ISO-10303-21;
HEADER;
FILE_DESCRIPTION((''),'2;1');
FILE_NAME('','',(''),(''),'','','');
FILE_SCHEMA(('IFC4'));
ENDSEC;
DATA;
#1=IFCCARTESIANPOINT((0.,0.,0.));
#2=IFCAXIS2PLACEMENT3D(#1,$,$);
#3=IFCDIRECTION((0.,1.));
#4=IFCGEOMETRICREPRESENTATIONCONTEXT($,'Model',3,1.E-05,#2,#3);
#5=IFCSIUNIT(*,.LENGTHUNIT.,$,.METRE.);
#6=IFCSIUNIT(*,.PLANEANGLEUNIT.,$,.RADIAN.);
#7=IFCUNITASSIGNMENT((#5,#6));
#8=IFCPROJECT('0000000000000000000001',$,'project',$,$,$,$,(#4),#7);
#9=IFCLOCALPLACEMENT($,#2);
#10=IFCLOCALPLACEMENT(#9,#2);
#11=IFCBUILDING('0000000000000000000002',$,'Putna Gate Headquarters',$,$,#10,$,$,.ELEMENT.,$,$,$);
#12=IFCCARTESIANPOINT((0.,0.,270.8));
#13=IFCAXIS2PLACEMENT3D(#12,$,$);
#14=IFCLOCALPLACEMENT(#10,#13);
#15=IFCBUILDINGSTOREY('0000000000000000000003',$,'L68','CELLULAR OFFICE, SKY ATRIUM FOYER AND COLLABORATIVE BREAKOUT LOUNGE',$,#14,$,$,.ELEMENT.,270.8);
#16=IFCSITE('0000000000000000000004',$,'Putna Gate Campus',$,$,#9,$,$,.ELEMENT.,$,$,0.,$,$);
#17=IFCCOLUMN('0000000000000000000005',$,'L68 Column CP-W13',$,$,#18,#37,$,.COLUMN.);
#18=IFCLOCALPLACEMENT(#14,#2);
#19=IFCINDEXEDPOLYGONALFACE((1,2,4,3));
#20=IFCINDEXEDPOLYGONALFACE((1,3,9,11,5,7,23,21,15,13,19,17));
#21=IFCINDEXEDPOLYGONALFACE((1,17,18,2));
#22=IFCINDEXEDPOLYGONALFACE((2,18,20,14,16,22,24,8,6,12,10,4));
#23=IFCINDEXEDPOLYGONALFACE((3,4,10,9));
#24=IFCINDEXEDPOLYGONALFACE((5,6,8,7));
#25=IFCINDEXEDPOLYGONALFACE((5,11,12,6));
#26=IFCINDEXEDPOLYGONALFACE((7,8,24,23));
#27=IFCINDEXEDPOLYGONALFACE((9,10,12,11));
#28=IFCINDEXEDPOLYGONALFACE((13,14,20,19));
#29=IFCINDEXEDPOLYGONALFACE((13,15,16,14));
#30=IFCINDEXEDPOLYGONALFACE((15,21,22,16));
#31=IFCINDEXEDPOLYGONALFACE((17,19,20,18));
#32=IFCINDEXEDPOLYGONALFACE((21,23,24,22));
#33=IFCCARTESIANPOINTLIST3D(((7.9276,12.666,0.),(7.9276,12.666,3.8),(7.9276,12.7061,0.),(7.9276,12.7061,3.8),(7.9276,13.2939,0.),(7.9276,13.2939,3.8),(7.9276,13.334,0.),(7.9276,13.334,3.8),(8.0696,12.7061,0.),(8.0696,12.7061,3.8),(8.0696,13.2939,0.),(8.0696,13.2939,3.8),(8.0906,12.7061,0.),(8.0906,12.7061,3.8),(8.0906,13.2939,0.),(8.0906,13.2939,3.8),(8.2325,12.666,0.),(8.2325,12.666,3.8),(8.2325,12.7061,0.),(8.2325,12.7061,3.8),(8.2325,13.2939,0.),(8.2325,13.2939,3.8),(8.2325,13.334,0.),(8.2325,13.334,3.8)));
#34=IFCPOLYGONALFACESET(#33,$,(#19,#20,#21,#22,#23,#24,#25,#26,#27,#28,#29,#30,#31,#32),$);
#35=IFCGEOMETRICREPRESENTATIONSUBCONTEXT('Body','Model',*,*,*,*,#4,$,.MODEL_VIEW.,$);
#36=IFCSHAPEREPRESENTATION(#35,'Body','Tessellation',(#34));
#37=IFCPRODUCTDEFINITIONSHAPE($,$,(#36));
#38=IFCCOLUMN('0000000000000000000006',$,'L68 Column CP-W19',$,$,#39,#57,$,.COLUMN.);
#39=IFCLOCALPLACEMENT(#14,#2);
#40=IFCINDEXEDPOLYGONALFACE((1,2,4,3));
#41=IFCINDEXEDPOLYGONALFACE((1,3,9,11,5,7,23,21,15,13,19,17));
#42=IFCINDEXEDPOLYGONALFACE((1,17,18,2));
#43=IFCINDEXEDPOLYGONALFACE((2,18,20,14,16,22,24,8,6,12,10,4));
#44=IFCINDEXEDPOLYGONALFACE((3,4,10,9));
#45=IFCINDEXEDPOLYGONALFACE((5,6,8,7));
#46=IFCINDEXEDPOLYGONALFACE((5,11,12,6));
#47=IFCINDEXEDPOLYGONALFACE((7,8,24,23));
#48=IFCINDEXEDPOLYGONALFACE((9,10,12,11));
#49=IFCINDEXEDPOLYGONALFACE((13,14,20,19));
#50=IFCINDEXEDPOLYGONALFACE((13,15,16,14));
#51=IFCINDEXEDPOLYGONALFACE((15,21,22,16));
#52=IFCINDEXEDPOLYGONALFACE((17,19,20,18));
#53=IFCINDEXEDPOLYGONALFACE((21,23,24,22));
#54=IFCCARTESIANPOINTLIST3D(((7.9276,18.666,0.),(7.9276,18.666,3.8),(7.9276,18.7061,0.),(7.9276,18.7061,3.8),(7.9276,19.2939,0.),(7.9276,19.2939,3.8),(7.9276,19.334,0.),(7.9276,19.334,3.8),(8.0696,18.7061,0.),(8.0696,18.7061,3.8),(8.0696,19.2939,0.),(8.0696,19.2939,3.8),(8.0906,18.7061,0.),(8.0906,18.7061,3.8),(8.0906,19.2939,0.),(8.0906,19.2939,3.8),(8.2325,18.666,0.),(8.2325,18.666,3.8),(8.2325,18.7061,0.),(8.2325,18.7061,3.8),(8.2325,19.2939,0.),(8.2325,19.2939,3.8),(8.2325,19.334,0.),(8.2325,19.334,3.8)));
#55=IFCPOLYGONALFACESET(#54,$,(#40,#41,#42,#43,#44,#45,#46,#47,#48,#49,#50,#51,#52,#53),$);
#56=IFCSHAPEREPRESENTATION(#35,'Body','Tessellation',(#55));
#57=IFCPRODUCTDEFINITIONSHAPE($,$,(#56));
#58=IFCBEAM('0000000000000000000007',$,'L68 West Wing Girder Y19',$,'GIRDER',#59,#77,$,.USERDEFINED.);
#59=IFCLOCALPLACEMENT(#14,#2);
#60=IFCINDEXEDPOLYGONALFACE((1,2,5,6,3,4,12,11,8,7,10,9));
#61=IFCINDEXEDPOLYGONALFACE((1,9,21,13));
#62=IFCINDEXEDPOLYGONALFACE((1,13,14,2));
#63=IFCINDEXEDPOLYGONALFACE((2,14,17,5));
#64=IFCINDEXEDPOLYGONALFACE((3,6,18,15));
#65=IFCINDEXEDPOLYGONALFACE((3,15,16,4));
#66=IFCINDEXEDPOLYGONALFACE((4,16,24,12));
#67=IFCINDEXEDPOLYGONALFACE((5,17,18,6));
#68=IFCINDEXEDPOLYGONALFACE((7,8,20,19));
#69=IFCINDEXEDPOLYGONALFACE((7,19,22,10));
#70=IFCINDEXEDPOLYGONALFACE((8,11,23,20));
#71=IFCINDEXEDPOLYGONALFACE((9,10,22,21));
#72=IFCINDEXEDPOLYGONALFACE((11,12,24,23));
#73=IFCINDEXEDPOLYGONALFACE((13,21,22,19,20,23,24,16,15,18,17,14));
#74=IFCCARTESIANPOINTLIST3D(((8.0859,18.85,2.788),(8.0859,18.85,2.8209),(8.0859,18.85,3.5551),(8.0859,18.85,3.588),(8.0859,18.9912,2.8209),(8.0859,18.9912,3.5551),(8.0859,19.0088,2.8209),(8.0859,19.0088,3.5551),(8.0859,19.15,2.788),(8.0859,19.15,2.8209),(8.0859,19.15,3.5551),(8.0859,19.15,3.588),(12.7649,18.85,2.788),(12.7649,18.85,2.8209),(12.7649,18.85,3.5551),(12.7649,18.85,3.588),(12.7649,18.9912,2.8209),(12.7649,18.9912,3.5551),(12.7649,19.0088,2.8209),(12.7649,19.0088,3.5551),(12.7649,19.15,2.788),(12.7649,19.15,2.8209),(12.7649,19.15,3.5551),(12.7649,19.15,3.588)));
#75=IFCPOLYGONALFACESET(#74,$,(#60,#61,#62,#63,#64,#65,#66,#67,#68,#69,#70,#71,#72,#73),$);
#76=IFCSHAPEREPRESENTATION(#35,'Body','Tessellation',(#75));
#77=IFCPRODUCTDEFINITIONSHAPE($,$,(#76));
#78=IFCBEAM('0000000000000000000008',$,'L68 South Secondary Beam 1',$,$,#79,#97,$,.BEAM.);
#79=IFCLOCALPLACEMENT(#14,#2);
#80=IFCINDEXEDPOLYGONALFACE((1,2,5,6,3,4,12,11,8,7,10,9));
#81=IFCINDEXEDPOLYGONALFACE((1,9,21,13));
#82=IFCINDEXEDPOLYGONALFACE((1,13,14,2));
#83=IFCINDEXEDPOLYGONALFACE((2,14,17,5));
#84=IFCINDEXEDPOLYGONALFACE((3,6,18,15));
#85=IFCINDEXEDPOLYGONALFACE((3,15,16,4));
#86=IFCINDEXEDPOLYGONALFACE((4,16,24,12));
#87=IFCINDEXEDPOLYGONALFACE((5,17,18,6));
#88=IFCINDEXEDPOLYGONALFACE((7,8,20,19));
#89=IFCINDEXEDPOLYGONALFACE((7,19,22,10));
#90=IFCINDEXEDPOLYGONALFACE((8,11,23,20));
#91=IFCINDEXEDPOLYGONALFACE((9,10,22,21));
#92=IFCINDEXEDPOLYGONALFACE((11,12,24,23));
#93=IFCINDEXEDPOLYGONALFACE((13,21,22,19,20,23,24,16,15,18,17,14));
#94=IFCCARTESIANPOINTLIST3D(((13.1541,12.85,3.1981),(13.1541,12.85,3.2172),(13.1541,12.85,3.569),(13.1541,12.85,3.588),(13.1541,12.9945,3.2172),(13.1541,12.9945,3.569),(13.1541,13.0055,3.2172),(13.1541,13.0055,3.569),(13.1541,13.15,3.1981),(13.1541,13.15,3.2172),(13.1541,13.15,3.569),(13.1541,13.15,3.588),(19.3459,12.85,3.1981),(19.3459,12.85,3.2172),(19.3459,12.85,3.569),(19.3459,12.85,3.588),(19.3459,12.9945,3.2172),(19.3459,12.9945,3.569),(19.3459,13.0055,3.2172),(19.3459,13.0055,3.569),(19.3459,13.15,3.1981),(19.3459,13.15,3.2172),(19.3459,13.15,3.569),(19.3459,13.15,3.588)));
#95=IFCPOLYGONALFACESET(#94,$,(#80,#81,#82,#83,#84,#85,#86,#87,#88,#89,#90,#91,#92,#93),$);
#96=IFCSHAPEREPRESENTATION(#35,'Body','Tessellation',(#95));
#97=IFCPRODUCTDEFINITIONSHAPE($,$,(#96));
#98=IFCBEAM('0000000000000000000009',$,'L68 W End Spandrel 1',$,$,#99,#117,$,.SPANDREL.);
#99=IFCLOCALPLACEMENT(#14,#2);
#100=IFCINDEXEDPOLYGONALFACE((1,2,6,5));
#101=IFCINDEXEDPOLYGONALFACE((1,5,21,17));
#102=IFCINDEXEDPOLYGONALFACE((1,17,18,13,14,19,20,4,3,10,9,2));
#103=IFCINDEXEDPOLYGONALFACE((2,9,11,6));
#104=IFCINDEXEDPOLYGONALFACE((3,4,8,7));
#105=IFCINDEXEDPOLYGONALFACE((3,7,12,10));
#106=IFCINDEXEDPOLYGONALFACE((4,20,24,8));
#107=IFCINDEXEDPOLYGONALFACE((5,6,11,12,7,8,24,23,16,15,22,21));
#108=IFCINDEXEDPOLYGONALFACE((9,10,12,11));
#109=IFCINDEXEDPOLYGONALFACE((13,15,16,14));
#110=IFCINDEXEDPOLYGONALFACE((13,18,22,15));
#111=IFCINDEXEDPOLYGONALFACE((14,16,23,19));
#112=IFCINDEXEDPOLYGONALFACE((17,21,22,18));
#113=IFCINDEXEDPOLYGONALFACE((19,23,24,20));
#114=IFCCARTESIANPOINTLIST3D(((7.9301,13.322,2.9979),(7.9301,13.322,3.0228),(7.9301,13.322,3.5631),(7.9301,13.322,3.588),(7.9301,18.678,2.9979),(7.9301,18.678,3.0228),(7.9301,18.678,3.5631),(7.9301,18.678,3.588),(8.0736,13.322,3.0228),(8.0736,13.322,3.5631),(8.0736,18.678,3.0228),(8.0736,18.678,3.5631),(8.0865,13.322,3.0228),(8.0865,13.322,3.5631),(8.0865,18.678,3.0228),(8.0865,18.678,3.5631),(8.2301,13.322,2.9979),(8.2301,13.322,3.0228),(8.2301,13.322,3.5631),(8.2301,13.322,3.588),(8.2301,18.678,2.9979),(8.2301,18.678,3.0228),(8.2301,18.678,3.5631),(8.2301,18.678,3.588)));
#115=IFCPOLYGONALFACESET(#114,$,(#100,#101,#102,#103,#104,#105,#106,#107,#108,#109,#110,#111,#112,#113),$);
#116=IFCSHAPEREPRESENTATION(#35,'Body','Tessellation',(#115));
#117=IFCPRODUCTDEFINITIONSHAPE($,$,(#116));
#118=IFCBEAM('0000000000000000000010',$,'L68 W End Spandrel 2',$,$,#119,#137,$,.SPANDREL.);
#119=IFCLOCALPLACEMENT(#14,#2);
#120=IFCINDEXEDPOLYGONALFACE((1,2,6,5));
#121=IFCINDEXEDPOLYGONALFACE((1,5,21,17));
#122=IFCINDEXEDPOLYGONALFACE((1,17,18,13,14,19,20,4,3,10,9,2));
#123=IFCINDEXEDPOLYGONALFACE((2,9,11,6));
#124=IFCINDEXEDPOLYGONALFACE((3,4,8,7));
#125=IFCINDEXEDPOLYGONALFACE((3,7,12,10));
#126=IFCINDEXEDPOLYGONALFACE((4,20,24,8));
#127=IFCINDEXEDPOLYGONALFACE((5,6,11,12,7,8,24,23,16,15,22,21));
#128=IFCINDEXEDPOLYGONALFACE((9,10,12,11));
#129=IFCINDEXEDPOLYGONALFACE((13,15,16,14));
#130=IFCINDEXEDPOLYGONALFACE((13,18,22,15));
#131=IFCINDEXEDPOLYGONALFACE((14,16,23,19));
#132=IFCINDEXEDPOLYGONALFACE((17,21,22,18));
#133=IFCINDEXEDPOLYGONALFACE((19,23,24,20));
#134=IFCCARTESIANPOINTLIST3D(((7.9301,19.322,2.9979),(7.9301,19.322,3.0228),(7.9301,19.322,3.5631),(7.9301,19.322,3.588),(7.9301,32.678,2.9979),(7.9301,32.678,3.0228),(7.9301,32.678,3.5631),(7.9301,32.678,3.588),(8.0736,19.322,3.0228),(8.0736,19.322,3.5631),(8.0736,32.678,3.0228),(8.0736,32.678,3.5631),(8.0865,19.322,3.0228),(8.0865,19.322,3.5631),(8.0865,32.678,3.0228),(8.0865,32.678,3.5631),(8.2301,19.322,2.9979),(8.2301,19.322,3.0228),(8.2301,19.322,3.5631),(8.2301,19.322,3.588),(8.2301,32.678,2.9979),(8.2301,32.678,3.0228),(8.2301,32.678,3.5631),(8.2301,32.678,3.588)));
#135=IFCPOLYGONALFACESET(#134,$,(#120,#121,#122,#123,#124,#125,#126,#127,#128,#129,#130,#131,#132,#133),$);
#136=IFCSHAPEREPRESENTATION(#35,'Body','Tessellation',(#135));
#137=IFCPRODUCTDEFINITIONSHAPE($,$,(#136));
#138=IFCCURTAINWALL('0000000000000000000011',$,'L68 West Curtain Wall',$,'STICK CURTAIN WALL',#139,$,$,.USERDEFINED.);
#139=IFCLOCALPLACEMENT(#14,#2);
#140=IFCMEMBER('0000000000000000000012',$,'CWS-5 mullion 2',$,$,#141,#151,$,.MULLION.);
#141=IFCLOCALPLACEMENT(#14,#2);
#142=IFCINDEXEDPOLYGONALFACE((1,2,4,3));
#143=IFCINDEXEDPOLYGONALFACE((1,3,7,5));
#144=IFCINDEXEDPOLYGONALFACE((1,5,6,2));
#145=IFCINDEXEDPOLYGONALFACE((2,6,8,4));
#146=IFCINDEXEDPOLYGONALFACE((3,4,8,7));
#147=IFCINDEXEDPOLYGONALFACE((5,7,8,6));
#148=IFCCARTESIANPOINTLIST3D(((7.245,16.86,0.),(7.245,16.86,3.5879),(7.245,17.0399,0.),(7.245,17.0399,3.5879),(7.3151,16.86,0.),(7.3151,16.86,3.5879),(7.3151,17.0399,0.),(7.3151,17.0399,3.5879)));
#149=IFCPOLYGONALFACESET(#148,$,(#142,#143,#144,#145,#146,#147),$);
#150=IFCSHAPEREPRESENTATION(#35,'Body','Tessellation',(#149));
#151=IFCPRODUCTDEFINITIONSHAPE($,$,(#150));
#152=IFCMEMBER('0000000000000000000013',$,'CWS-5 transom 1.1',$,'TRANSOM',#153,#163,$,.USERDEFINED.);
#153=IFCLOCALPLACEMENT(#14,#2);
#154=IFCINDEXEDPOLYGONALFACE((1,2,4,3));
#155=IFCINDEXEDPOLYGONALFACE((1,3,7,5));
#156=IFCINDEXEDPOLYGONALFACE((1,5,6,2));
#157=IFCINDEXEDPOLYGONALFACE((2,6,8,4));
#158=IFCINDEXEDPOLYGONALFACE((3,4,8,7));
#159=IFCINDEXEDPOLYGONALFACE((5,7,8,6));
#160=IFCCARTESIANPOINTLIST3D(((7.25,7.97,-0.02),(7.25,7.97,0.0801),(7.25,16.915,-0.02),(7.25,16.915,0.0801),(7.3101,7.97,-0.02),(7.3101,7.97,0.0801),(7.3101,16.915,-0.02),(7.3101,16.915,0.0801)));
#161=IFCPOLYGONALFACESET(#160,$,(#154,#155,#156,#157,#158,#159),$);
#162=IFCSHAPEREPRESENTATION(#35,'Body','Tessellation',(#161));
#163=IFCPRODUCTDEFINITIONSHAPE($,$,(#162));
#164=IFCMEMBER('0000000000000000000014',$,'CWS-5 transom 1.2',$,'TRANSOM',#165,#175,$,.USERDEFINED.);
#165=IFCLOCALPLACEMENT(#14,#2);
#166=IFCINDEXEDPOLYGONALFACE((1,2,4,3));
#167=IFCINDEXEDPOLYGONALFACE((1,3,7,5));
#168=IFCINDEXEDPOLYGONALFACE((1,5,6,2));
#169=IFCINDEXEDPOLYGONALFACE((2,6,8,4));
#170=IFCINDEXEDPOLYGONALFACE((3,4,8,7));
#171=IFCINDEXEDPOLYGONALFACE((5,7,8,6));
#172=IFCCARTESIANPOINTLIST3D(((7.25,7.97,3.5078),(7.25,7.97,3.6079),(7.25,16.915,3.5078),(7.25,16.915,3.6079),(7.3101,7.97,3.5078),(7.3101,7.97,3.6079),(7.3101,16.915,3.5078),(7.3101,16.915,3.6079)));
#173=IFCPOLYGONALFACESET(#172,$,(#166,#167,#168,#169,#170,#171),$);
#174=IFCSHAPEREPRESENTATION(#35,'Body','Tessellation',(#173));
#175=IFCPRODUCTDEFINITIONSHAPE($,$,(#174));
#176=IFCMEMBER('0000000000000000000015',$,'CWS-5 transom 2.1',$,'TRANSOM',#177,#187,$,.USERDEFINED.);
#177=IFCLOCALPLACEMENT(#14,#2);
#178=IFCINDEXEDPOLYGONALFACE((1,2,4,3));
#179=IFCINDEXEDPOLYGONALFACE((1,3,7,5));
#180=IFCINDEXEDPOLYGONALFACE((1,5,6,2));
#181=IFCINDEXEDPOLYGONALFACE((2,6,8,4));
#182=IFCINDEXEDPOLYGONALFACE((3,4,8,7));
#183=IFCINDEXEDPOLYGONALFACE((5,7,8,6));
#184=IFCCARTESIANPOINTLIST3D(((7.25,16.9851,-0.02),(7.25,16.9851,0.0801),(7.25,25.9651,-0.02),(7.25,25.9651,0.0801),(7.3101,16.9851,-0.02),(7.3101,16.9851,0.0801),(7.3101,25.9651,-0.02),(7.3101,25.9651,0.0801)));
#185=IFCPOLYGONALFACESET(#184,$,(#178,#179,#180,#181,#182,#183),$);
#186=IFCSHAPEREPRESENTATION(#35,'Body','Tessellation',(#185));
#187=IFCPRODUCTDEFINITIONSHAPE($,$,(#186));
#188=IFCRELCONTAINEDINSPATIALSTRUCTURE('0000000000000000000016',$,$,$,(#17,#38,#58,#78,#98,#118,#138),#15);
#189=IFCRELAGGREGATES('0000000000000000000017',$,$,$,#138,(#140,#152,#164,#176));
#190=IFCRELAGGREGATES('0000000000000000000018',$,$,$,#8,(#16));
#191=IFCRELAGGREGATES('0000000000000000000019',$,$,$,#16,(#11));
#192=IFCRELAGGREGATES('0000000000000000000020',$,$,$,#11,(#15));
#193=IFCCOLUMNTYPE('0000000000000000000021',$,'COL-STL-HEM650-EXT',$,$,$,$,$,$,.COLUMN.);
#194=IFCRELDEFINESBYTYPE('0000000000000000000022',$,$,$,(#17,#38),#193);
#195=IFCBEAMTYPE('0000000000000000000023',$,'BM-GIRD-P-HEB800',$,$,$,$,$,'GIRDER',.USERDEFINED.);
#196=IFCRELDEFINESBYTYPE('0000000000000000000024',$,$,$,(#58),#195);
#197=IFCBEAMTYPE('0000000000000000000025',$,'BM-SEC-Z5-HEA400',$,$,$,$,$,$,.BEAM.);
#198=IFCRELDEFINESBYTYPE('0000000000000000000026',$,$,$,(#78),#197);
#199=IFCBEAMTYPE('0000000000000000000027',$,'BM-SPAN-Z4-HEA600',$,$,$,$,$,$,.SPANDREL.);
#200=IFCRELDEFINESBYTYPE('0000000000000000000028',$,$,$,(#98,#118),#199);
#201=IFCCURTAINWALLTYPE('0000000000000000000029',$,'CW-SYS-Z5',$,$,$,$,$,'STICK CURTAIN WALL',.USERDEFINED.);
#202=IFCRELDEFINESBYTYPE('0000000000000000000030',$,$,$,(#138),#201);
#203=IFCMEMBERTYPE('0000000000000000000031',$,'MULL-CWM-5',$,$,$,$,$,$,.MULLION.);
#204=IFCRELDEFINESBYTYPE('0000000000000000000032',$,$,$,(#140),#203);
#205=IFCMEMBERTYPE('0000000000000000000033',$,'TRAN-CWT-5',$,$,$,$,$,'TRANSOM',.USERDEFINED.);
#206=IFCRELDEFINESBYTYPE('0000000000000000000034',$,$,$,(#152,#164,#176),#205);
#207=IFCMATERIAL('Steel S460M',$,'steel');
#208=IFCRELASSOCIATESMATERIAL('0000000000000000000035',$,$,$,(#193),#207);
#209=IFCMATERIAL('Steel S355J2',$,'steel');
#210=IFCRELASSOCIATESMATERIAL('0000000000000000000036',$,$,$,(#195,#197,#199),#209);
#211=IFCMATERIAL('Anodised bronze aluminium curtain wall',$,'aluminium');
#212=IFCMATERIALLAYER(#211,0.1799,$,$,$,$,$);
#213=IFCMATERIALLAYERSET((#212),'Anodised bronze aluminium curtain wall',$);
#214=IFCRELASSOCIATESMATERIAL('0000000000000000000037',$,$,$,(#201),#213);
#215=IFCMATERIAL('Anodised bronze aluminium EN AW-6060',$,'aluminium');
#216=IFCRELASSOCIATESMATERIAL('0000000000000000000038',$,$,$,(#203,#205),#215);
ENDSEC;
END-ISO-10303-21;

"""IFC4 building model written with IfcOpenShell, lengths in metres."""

from ifc_helpers import new_model, si_unit, direction, frame, origin, origin_2d, place, context, subcontext, project, spatial, rectangle, i_section, extrude, material, layer, layer_set, material_profile, profile_set, type_object, element, aggregate, save


model = new_model("IFC4")

# Units and contexts
model_context = context("Model", 3, precision=1e-05, world=origin(), true_north=direction((0.0, 1.0)))
body_context = subcontext(model_context, "Body", "Model", "MODEL_VIEW")
ifc_project = project(units=[si_unit("LENGTHUNIT", "METRE"), si_unit("PLANEANGLEUNIT", "RADIAN")], contexts=[model_context])

# Site, building, storey
site_placement = place(None, origin())
site = spatial("IfcSite", under=ifc_project, at=site_placement, Name="Putna Gate Campus", CompositionType="ELEMENT", RefElevation=0.0)
building_placement = place(site_placement, origin())
building = spatial("IfcBuilding", under=site, at=building_placement, Name="Putna Gate Headquarters", CompositionType="ELEMENT")
storey_placement = place(building_placement, frame((0.0, 0.0, 270.8)))
storey = spatial("IfcBuildingStorey", under=building, at=storey_placement, Name="L68", Description="CELLULAR OFFICE, SKY ATRIUM FOYER AND COLLABORATIVE BREAKOUT LOUNGE", CompositionType="ELEMENT", Elevation=270.8)

# Columns
ifc_material_1 = material(Name="Steel S460M", Category="steel")
ifc_material_profile_1 = material_profile(ifc_material_1, i_section(OverallWidth=0.3049, OverallDepth=0.668, WebThickness=0.021, FlangeThickness=0.04, at=origin_2d()), Name="Steel S460M")
ifc_profile_set_1 = profile_set([ifc_material_profile_1], Name="Steel S460M")
column_type = type_object("IfcColumnType", Name="COL-STL-HEM650-EXT", PredefinedType="COLUMN", material=ifc_profile_set_1)
for number, where, z_axis, x_axis, name in (
    (1, (8.0801, 13.0, 0.0), (0.0, 0.0, 1.0), (1.0, 0.0, 0.0), "L68 Column CP-W13"),
    (2, (8.0801, 19.0, 0.0), (0.0, 0.0, 1.0), (1.0, 0.0, 0.0), "L68 Column CP-W19"),
):
    element("IfcColumn", number, at=place(storey_placement, frame(where, z_axis=z_axis, x_axis=x_axis)), inside=storey, type_object=column_type, Name=name, PredefinedType="COLUMN", context=body_context, shape_type="SweptSolid", body=[
        extrude(i_section(OverallWidth=0.3049, OverallDepth=0.668, WebThickness=0.021, FlangeThickness=0.04, at=origin_2d()), origin(), (0.0, 0.0, 1.0), 3.8),
    ])

# Beams
ifc_material_2 = material(Name="Steel S355J2", Category="steel")
ifc_material_profile_2 = material_profile(ifc_material_2, i_section(OverallWidth=0.3, OverallDepth=0.8, WebThickness=0.0176, FlangeThickness=0.033, at=origin_2d()), Name="Steel S355J2")
ifc_profile_set_2 = profile_set([ifc_material_profile_2], Name="Steel S355J2")
beam_type_1 = type_object("IfcBeamType", Name="BM-GIRD-P-HEB800", ElementType="GIRDER", PredefinedType="USERDEFINED", material=ifc_profile_set_2)
beam_1_placement = place(storey_placement, frame((8.0859, 19.0, 3.188), z_axis=(1.0, 0.0, 0.0), x_axis=(0.0, 1.0, 0.0)))
element("IfcBeam", 3, at=beam_1_placement, inside=storey, type_object=beam_type_1, Name="L68 West Wing Girder Y19", ObjectType="GIRDER", PredefinedType="USERDEFINED", context=body_context, shape_type="SweptSolid", body=[
    extrude(i_section(OverallWidth=0.3, OverallDepth=0.8, WebThickness=0.0176, FlangeThickness=0.033, at=origin_2d()), origin(), (0.0, 0.0, 1.0), 4.679),
])
ifc_material_profile_3 = material_profile(ifc_material_2, i_section(OverallWidth=0.3, OverallDepth=0.3899, WebThickness=0.011, FlangeThickness=0.019, at=origin_2d()), Name="Steel S355J2")
ifc_profile_set_3 = profile_set([ifc_material_profile_3], Name="Steel S355J2")
beam_type_2 = type_object("IfcBeamType", Name="BM-SEC-Z5-HEA400", PredefinedType="BEAM", material=ifc_profile_set_3)
beam_2_placement = place(storey_placement, frame((13.1541, 13.0, 3.3931), z_axis=(1.0, 0.0, 0.0), x_axis=(0.0, 1.0, 0.0)))
element("IfcBeam", 4, at=beam_2_placement, inside=storey, type_object=beam_type_2, Name="L68 South Secondary Beam 1", PredefinedType="BEAM", context=body_context, shape_type="SweptSolid", body=[
    extrude(i_section(OverallWidth=0.3, OverallDepth=0.3899, WebThickness=0.011, FlangeThickness=0.019, at=origin_2d()), origin(), (0.0, 0.0, 1.0), 6.1919),
])
ifc_material_profile_4 = material_profile(ifc_material_2, i_section(OverallWidth=0.3, OverallDepth=0.5901, WebThickness=0.0129, FlangeThickness=0.0249, at=origin_2d()), Name="Steel S355J2")
ifc_profile_set_4 = profile_set([ifc_material_profile_4], Name="Steel S355J2")
beam_type_3 = type_object("IfcBeamType", Name="BM-SPAN-Z4-HEA600", PredefinedType="SPANDREL", material=ifc_profile_set_4)
beam_3_placement = place(storey_placement, frame((8.0801, 13.322, 3.293), z_axis=(0.0, 1.0, 0.0), x_axis=(-1.0, 0.0, 0.0)))
element("IfcBeam", 5, at=beam_3_placement, inside=storey, type_object=beam_type_3, Name="L68 W End Spandrel 1", PredefinedType="SPANDREL", context=body_context, shape_type="SweptSolid", body=[
    extrude(i_section(OverallWidth=0.3, OverallDepth=0.5901, WebThickness=0.0129, FlangeThickness=0.0249, at=origin_2d()), origin(), (0.0, 0.0, 1.0), 5.356),
])
beam_4_placement = place(storey_placement, frame((8.0801, 19.322, 3.293), z_axis=(0.0, 1.0, 0.0), x_axis=(-1.0, 0.0, 0.0)))
element("IfcBeam", 6, at=beam_4_placement, inside=storey, type_object=beam_type_3, Name="L68 W End Spandrel 2", PredefinedType="SPANDREL", context=body_context, shape_type="SweptSolid", body=[
    extrude(i_section(OverallWidth=0.3, OverallDepth=0.5901, WebThickness=0.0129, FlangeThickness=0.0249, at=origin_2d()), origin(), (0.0, 0.0, 1.0), 13.356),
])

# Curtain wall, members
ifc_material_3 = material(Name="Anodised bronze aluminium curtain wall", Category="aluminium")
ifc_layer_1 = layer(ifc_material_3, 0.1799)
ifc_layer_set_1 = layer_set([ifc_layer_1], Name="Anodised bronze aluminium curtain wall")
curtain_wall_type = type_object("IfcCurtainWallType", Name="CW-SYS-Z5", ElementType="STICK CURTAIN WALL", PredefinedType="USERDEFINED", material=ifc_layer_set_1)
curtain_wall_placement = place(storey_placement, origin())
curtain_wall = element("IfcCurtainWall", 7, at=curtain_wall_placement, inside=storey, type_object=curtain_wall_type, Name="L68 West Curtain Wall", ObjectType="STICK CURTAIN WALL", PredefinedType="USERDEFINED")
ifc_material_4 = material(Name="Anodised bronze aluminium EN AW-6060", Category="aluminium")
ifc_material_profile_5 = material_profile(ifc_material_4, rectangle(XDim=0.0701, YDim=0.1799, at=origin_2d()), Name="Anodised bronze aluminium EN AW-6060")
ifc_profile_set_5 = profile_set([ifc_material_profile_5], Name="Anodised bronze aluminium EN AW-6060")
member_type_1 = type_object("IfcMemberType", Name="MULL-CWM-5", PredefinedType="MULLION", material=ifc_profile_set_5)
member_1_placement = place(storey_placement, frame((7.28, 16.95, 0.0), z_axis=(0.0, 0.0, 1.0), x_axis=(-1.0, 0.0, 0.0)))
member_1 = element("IfcMember", 8, at=member_1_placement, type_object=member_type_1, Name="CWS-5 mullion 2", PredefinedType="MULLION", context=body_context, shape_type="SweptSolid", body=[
    extrude(rectangle(XDim=0.0701, YDim=0.1799, at=origin_2d()), origin(), (0.0, 0.0, 1.0), 3.5879),
])
ifc_material_profile_6 = material_profile(ifc_material_4, rectangle(XDim=0.0601, YDim=0.1001, at=origin_2d()), Name="Anodised bronze aluminium EN AW-6060")
ifc_profile_set_6 = profile_set([ifc_material_profile_6], Name="Anodised bronze aluminium EN AW-6060")
member_type_2 = type_object("IfcMemberType", Name="TRAN-CWT-5", ElementType="TRANSOM", PredefinedType="USERDEFINED", material=ifc_profile_set_6)
member_2_placement = place(storey_placement, frame((7.28, 7.97, 0.03), z_axis=(0.0, 1.0, 0.0), x_axis=(-1.0, 0.0, 0.0)))
member_2 = element("IfcMember", 9, at=member_2_placement, type_object=member_type_2, Name="CWS-5 transom 1.1", ObjectType="TRANSOM", PredefinedType="USERDEFINED", context=body_context, shape_type="SweptSolid", body=[
    extrude(rectangle(XDim=0.0601, YDim=0.1001, at=origin_2d()), origin(), (0.0, 0.0, 1.0), 8.9451),
])
member_3_placement = place(storey_placement, frame((7.28, 7.97, 3.5579), z_axis=(0.0, 1.0, 0.0), x_axis=(-1.0, 0.0, 0.0)))
member_3 = element("IfcMember", 10, at=member_3_placement, type_object=member_type_2, Name="CWS-5 transom 1.2", ObjectType="TRANSOM", PredefinedType="USERDEFINED", context=body_context, shape_type="SweptSolid", body=[
    extrude(rectangle(XDim=0.0601, YDim=0.1001, at=origin_2d()), origin(), (0.0, 0.0, 1.0), 8.9451),
])
member_4_placement = place(storey_placement, frame((7.28, 16.9851, 0.03), z_axis=(0.0, 1.0, 0.0), x_axis=(-1.0, 0.0, 0.0)))
member_4 = element("IfcMember", 11, at=member_4_placement, type_object=member_type_2, Name="CWS-5 transom 2.1", ObjectType="TRANSOM", PredefinedType="USERDEFINED", context=body_context, shape_type="SweptSolid", body=[
    extrude(rectangle(XDim=0.0601, YDim=0.1001, at=origin_2d()), origin(), (0.0, 0.0, 1.0), 8.98),
])
aggregate(curtain_wall, [member_1, member_2, member_3, member_4])

save(model, "model.ifc")
